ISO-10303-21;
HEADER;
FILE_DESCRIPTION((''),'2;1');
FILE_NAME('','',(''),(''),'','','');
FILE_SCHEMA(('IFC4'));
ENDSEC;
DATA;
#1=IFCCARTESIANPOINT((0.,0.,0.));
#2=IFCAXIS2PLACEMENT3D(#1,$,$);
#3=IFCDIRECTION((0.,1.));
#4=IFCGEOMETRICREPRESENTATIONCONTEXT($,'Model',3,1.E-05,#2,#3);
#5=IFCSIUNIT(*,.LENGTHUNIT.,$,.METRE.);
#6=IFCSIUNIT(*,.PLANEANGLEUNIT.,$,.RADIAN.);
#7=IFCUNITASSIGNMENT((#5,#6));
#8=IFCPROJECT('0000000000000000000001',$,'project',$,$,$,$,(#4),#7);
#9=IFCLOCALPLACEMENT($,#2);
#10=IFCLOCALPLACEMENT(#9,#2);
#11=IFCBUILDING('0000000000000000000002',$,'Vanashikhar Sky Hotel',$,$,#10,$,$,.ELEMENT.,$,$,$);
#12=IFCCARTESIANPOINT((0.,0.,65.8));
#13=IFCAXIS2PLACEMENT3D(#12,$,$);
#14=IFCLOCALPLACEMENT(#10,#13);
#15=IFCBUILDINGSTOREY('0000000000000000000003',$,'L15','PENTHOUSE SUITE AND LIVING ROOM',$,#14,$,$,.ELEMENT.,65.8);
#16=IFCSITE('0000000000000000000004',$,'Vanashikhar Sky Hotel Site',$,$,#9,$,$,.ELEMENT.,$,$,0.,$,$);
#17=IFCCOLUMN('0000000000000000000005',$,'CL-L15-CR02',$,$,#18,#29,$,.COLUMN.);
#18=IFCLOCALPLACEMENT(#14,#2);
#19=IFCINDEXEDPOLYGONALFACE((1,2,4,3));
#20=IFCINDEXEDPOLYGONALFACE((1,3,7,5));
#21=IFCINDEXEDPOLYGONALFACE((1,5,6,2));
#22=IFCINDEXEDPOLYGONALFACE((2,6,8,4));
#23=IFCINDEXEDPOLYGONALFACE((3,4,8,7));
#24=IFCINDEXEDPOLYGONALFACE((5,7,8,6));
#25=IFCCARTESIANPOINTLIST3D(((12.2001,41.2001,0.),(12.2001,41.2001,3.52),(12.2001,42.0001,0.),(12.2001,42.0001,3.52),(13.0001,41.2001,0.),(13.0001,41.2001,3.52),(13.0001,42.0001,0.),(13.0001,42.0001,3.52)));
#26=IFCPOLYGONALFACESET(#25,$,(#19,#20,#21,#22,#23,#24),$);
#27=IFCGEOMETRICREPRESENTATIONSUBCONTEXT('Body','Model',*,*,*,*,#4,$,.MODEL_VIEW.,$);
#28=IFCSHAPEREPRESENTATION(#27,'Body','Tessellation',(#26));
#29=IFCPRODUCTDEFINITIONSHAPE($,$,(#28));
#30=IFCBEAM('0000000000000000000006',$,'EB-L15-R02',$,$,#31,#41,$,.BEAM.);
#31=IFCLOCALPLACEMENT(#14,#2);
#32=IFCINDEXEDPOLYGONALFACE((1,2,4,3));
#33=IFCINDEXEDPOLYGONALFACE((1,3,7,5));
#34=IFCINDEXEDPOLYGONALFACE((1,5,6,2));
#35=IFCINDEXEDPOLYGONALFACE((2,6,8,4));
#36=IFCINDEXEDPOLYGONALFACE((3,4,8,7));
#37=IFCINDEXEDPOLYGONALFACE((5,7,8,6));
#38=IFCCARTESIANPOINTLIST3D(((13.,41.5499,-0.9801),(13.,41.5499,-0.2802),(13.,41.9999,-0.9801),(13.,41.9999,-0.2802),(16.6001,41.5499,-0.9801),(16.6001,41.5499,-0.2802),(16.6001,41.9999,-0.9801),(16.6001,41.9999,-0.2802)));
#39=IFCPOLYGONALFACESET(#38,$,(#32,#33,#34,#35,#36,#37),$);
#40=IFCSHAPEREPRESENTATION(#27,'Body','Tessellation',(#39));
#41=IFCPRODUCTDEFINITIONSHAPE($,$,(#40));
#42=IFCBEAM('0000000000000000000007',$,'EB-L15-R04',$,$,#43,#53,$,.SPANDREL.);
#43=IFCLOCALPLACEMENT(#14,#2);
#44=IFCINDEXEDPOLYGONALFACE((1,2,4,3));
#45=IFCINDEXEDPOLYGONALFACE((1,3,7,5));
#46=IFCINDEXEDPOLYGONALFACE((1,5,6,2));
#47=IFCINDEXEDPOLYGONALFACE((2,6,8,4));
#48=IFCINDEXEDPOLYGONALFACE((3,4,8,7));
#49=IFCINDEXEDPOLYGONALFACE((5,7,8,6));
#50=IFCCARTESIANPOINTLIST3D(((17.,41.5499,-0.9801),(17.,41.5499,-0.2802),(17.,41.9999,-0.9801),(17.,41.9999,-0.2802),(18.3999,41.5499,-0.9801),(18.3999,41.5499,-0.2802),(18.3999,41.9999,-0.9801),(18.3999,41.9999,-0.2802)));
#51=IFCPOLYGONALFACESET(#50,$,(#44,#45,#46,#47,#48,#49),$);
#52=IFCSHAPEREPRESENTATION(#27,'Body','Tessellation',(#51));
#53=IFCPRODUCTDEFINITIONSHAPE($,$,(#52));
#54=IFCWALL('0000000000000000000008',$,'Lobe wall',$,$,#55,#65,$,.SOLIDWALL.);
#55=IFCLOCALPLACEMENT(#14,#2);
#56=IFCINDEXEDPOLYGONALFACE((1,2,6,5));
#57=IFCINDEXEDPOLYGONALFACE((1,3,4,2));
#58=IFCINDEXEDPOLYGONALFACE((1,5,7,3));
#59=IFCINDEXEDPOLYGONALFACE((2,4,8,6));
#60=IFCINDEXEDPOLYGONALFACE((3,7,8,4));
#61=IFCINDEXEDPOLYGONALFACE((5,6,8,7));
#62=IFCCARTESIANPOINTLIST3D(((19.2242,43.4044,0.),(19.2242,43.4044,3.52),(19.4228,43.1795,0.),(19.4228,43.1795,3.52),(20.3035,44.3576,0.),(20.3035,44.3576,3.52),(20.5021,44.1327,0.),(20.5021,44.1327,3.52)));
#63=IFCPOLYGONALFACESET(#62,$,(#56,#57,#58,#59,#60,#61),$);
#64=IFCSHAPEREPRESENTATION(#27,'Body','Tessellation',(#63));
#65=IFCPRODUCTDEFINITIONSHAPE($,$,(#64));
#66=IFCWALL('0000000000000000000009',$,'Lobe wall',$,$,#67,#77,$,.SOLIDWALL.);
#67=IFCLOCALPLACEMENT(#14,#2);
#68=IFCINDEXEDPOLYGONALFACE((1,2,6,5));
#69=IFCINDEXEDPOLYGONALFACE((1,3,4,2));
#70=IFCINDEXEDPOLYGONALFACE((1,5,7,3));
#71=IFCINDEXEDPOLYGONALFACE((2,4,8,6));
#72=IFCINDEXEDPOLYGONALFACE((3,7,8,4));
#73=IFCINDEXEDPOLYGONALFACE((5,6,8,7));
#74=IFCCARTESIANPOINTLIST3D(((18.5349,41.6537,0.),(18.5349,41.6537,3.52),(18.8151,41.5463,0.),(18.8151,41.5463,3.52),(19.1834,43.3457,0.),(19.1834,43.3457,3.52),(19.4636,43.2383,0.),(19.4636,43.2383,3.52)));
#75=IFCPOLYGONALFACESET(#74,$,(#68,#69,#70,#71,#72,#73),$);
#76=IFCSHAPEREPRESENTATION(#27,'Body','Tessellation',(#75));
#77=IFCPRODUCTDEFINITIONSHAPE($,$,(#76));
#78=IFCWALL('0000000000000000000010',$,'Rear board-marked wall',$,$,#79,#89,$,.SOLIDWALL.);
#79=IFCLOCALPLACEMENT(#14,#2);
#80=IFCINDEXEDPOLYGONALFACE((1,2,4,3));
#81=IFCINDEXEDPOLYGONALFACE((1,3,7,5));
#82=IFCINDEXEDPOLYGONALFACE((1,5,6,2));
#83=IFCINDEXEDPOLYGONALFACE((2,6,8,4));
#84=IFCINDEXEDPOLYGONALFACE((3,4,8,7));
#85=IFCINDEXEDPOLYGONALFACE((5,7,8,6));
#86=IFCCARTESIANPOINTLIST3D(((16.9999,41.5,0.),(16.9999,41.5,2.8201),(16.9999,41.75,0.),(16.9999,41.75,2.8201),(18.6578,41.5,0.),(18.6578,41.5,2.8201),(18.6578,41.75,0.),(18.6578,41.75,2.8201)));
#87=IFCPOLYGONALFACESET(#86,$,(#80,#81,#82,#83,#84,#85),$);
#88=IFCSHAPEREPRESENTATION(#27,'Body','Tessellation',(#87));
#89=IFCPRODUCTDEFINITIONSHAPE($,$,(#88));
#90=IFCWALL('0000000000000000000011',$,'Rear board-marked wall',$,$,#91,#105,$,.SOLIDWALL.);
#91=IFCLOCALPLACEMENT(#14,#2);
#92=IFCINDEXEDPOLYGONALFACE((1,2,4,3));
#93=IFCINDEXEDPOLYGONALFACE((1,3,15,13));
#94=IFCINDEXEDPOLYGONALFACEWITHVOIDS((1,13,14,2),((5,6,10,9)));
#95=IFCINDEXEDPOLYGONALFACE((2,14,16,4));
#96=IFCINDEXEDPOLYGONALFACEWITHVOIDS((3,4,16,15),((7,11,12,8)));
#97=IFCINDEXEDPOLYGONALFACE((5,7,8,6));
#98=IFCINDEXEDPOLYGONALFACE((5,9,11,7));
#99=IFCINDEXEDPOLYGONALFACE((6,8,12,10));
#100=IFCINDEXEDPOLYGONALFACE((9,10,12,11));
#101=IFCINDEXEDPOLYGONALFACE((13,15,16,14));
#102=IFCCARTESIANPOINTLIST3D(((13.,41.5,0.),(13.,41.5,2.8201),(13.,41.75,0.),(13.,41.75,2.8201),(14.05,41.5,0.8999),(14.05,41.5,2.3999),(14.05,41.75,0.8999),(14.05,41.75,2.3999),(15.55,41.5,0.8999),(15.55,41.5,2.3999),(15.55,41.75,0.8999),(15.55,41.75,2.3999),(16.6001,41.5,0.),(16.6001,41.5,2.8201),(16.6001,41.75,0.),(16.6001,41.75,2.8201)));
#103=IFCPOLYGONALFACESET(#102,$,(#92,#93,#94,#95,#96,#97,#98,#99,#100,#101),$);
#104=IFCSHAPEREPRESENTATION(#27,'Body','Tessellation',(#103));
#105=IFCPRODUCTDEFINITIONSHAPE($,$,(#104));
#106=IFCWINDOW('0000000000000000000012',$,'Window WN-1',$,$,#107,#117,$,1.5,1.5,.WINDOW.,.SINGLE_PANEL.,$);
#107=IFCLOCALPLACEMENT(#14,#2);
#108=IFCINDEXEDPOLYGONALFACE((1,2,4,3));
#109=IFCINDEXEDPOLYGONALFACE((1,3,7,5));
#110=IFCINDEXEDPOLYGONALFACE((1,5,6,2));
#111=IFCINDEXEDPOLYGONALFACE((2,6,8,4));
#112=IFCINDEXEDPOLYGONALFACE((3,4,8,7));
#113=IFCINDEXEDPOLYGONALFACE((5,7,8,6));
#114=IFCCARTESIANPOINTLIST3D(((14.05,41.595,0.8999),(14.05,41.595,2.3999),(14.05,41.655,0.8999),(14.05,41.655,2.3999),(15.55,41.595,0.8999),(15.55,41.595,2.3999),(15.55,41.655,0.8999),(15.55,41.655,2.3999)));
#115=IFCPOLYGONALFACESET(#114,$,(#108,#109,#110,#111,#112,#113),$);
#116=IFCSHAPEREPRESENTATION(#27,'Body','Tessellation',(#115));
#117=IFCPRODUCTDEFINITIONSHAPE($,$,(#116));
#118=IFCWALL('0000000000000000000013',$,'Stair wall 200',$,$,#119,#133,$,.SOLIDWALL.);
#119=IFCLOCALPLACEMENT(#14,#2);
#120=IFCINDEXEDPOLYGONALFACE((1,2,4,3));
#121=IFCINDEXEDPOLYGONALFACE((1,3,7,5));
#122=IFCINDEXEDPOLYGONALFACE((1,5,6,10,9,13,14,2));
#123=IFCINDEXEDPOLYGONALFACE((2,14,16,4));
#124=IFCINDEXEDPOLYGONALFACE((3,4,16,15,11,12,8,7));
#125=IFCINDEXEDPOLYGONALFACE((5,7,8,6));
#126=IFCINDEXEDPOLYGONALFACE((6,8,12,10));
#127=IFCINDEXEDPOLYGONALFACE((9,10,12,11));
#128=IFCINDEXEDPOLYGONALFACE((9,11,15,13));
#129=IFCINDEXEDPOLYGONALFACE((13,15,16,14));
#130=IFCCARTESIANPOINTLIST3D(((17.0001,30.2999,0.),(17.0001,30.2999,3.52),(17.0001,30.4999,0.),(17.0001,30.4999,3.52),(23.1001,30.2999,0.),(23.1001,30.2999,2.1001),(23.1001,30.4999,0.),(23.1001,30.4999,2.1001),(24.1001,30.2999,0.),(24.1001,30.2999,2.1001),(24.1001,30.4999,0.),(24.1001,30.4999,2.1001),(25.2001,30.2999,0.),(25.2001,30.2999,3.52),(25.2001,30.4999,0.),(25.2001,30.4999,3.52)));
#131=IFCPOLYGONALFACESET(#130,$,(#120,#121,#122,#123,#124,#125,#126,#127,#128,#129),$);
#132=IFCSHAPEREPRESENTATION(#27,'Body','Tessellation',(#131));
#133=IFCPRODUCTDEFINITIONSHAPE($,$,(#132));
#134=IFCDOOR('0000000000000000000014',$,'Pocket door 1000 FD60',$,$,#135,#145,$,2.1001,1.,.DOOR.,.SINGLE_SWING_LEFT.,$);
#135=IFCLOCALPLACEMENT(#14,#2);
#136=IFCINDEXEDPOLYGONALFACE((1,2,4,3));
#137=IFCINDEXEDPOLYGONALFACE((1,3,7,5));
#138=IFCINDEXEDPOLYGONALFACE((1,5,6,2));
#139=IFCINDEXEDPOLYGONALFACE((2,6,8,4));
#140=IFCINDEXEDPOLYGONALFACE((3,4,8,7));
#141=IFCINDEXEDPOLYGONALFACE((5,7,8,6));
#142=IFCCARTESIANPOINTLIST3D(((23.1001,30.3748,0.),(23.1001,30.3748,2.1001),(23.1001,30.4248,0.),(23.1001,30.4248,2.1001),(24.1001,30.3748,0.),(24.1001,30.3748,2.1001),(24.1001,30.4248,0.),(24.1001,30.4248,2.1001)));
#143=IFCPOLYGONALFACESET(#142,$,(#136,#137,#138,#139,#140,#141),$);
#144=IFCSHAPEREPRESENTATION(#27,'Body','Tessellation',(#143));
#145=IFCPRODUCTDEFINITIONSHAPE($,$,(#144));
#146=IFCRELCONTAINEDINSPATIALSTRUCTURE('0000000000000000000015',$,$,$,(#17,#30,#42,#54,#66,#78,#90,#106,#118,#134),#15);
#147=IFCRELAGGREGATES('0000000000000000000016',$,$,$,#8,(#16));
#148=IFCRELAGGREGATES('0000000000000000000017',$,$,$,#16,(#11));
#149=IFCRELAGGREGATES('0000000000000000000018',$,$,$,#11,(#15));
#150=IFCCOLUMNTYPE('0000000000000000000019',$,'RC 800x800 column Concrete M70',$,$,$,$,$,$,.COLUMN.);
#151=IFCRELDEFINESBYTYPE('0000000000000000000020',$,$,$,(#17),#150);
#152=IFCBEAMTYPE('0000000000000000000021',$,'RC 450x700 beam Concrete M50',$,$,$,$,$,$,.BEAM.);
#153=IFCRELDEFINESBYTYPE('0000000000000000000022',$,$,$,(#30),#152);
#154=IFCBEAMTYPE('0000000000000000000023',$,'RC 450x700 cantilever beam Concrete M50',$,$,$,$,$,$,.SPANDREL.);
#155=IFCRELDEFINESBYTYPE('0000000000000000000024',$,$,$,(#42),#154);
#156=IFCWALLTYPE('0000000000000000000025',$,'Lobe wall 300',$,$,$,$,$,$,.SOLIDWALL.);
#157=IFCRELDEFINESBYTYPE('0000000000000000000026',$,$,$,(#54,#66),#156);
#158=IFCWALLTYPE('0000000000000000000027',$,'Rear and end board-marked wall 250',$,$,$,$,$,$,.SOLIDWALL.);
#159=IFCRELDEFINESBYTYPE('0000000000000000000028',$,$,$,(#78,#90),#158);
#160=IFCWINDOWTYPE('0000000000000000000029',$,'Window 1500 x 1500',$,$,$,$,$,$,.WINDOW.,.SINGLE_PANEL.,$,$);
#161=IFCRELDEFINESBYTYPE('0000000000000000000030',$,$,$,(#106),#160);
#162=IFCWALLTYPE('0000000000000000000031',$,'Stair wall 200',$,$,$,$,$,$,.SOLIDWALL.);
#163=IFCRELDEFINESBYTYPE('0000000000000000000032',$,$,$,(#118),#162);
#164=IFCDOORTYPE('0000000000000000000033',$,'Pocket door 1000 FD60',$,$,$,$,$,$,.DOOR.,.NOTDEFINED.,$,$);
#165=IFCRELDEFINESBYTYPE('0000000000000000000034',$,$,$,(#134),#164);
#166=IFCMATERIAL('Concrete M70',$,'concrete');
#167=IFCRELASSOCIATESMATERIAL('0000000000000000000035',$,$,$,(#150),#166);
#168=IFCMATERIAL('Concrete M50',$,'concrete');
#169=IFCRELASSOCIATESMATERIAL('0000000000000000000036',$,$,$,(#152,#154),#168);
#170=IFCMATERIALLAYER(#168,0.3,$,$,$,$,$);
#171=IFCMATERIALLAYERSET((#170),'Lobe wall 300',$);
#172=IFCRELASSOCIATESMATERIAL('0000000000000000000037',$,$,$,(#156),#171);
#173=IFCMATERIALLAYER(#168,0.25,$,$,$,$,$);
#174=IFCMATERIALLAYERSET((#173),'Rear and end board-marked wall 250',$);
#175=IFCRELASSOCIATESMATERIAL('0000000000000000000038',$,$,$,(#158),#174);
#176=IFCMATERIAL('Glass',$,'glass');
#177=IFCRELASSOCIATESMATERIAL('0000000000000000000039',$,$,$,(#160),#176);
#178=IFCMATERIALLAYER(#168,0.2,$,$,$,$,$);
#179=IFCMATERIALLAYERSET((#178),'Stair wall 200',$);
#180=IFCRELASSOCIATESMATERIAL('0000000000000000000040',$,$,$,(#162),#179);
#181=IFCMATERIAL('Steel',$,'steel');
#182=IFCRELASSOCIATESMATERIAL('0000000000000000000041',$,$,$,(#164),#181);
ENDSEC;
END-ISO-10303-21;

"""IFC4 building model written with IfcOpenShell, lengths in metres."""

from ifc_helpers import new_model, si_unit, direction, frame, frame_2d, origin, origin_2d, place, context, subcontext, project, spatial, rectangle, extrude, source, transform, mapped, material, layer, layer_set, material_profile, profile_set, type_object, element, fill, save


model = new_model("IFC4")

# Units and contexts
model_context = context("Model", 3, precision=1e-05, world=origin(), true_north=direction((0.0, 1.0)))
body_context = subcontext(model_context, "Body", "Model", "MODEL_VIEW")
ifc_project = project(units=[si_unit("LENGTHUNIT", "METRE"), si_unit("PLANEANGLEUNIT", "RADIAN")], contexts=[model_context])

# Site, building, storey
site_placement = place(None, origin())
site = spatial("IfcSite", under=ifc_project, at=site_placement, Name="Vanashikhar Sky Hotel Site", CompositionType="ELEMENT", RefElevation=0.0)
building_placement = place(site_placement, origin())
building = spatial("IfcBuilding", under=site, at=building_placement, Name="Vanashikhar Sky Hotel", CompositionType="ELEMENT")
storey_placement = place(building_placement, frame((0.0, 0.0, 65.8)))
storey = spatial("IfcBuildingStorey", under=building, at=storey_placement, Name="L15", Description="PENTHOUSE SUITE AND LIVING ROOM", CompositionType="ELEMENT", Elevation=65.8)

# Column
ifc_material_1 = material(Name="Concrete M70", Category="concrete")
ifc_material_profile_1 = material_profile(ifc_material_1, rectangle(XDim=0.8, YDim=0.8, at=origin_2d()))
ifc_profile_set_1 = profile_set([ifc_material_profile_1], Name="RC 800x800 column Concrete M70")
column_type = type_object("IfcColumnType", Name="RC 800x800 column Concrete M70", PredefinedType="COLUMN", material=ifc_profile_set_1)
shared_shape_1 = source(origin(), body_context, "Body", "SweptSolid", [
    extrude(rectangle(XDim=0.8, YDim=0.8, at=origin_2d()), origin(), (0.0, 0.0, 1.0), 3.52),
])
column_placement = place(storey_placement, frame((12.6001, 41.6001, 0.0), z_axis=(0.0, 0.0, 1.0), x_axis=(1.0, 0.0, 0.0)))
element("IfcColumn", 1, at=column_placement, inside=storey, type_object=column_type, Name="CL-L15-CR02", PredefinedType="COLUMN", context=body_context, shape_type="MappedRepresentation", body=[
    mapped(shared_shape_1, transform((0.0, 0.0, 0.0), scale=1.0)),
])

# Beams
ifc_material_2 = material(Name="Concrete M50", Category="concrete")
ifc_material_profile_2 = material_profile(ifc_material_2, rectangle(XDim=0.45, YDim=0.7, at=origin_2d()))
ifc_profile_set_2 = profile_set([ifc_material_profile_2], Name="RC 450x700 beam Concrete M50")
beam_type_1 = type_object("IfcBeamType", Name="RC 450x700 beam Concrete M50", PredefinedType="BEAM", material=ifc_profile_set_2)
shared_shape_2 = source(origin(), body_context, "Body", "SweptSolid", [
    extrude(rectangle(XDim=0.45, YDim=0.7, at=origin_2d()), origin(), (0.0, 0.0, 1.0), 3.6001),
])
beam_1_placement = place(storey_placement, frame((13.0, 41.7749, -0.6301), z_axis=(1.0, 0.0, 0.0), x_axis=(0.0, 1.0, 0.0)))
element("IfcBeam", 2, at=beam_1_placement, inside=storey, type_object=beam_type_1, Name="EB-L15-R02", PredefinedType="BEAM", context=body_context, shape_type="MappedRepresentation", body=[
    mapped(shared_shape_2, transform((0.0, 0.0, 0.0), scale=1.0)),
])
ifc_material_profile_3 = material_profile(ifc_material_2, rectangle(XDim=0.45, YDim=0.7, at=origin_2d()))
ifc_profile_set_3 = profile_set([ifc_material_profile_3], Name="RC 450x700 cantilever beam Concrete M50")
beam_type_2 = type_object("IfcBeamType", Name="RC 450x700 cantilever beam Concrete M50", PredefinedType="SPANDREL", material=ifc_profile_set_3)
shared_shape_3 = source(origin(), body_context, "Body", "SweptSolid", [
    extrude(rectangle(XDim=0.45, YDim=0.7, at=origin_2d()), origin(), (0.0, 0.0, 1.0), 1.3999),
])
beam_2_placement = place(storey_placement, frame((17.0, 41.7749, -0.6301), z_axis=(1.0, 0.0, 0.0), x_axis=(0.0, 1.0, 0.0)))
element("IfcBeam", 3, at=beam_2_placement, inside=storey, type_object=beam_type_2, Name="EB-L15-R04", PredefinedType="SPANDREL", context=body_context, shape_type="MappedRepresentation", body=[
    mapped(shared_shape_3, transform((0.0, 0.0, 0.0), scale=1.0)),
])

# Walls
ifc_layer_1 = layer(ifc_material_2, 0.3)
ifc_layer_set_1 = layer_set([ifc_layer_1], Name="Lobe wall 300")
wall_type_1 = type_object("IfcWallType", Name="Lobe wall 300", PredefinedType="SOLIDWALL", material=ifc_layer_set_1)
shared_shape_4 = source(origin(), body_context, "Body", "SweptSolid", [
    extrude(rectangle(XDim=1.4399, YDim=0.3, at=frame_2d((0.72, 0.0))), origin(), (0.0, 0.0, 1.0), 3.52),
])
wall_1_placement = place(storey_placement, frame((20.4028, 44.2451, 0.0), z_axis=(0.0, 0.0, 1.0), x_axis=(-0.749576, -0.661919, 0.0)))
element("IfcWall", 4, at=wall_1_placement, inside=storey, type_object=wall_type_1, Name="Lobe wall", PredefinedType="SOLIDWALL", context=body_context, shape_type="MappedRepresentation", body=[
    mapped(shared_shape_4, transform((0.0, 0.0, 0.0), scale=1.0)),
])
shared_shape_5 = source(origin(), body_context, "Body", "SweptSolid", [
    extrude(rectangle(XDim=1.812, YDim=0.3, at=frame_2d((0.906, 0.0))), origin(), (0.0, 0.0, 1.0), 3.52),
])
wall_2_placement = place(storey_placement, frame((19.3235, 43.292, 0.0), z_axis=(0.0, 0.0, 1.0), x_axis=(-0.357877, -0.933769, 0.0)))
element("IfcWall", 5, at=wall_2_placement, inside=storey, type_object=wall_type_1, Name="Lobe wall", PredefinedType="SOLIDWALL", context=body_context, shape_type="MappedRepresentation", body=[
    mapped(shared_shape_5, transform((0.0, 0.0, 0.0), scale=1.0)),
])
ifc_layer_2 = layer(ifc_material_2, 0.25)
ifc_layer_set_2 = layer_set([ifc_layer_2], Name="Rear and end board-marked wall 250")
wall_type_2 = type_object("IfcWallType", Name="Rear and end board-marked wall 250", PredefinedType="SOLIDWALL", material=ifc_layer_set_2)
shared_shape_6 = source(origin(), body_context, "Body", "SweptSolid", [
    extrude(rectangle(XDim=1.658, YDim=0.25, at=frame_2d((0.8291, 0.0))), origin(), (0.0, 0.0, 1.0), 2.8201),
])
wall_3_placement = place(storey_placement, frame((18.658, 41.625, 0.0), z_axis=(0.0, 0.0, 1.0), x_axis=(-1.0, 0.0, 0.0)))
element("IfcWall", 6, at=wall_3_placement, inside=storey, type_object=wall_type_2, Name="Rear board-marked wall", PredefinedType="SOLIDWALL", context=body_context, shape_type="MappedRepresentation", body=[
    mapped(shared_shape_6, transform((0.0, 0.0, 0.0), scale=1.0)),
])

# Wall, opening, window
shared_shape_7 = source(origin(), body_context, "Body", "SweptSolid", [
    extrude(rectangle(XDim=3.6001, YDim=0.25, at=frame_2d((1.8, 0.0))), origin(), (0.0, 0.0, 1.0), 2.8201),
])
wall_4_placement = place(storey_placement, frame((16.6001, 41.625, 0.0), z_axis=(0.0, 0.0, 1.0), x_axis=(-1.0, 0.0, 0.0)))
wall_4 = element("IfcWall", 7, at=wall_4_placement, inside=storey, type_object=wall_type_2, Name="Rear board-marked wall", PredefinedType="SOLIDWALL", context=body_context, shape_type="MappedRepresentation", body=[
    mapped(shared_shape_7, transform((0.0, 0.0, 0.0), scale=1.0)),
])
shared_shape_8 = source(origin(), body_context, "Body", "SweptSolid", [
    extrude(rectangle(XDim=1.5, YDim=1.5, at=frame_2d((0.75, 0.75))), frame((0.0, 0.135, 0.0), z_axis=(0.0, -1.0, 0.0), x_axis=(1.0, 0.0, 0.0)), (0.0, 0.0, 1.0), 0.27),
])
opening_1_placement = place(wall_4_placement, frame((1.05, 0.0, 0.8999)))
opening_1 = element("IfcOpeningElement", 8, at=opening_1_placement, cuts=wall_4, PredefinedType="OPENING", context=body_context, shape_type="MappedRepresentation", body=[
    mapped(shared_shape_8, transform((0.0, 0.0, 0.0), scale=1.0)),
])
ifc_material_3 = material(Name="Glass", Category="glass")
window_type = type_object("IfcWindowType", Name="Window 1500 x 1500", PartitioningType="SINGLE_PANEL", PredefinedType="WINDOW", material=ifc_material_3)
shared_shape_9 = source(origin(), body_context, "Body", "SweptSolid", [
    extrude(rectangle(XDim=1.5, YDim=1.5, at=frame_2d((0.75, 0.75))), frame((0.0, 0.03, 0.0), z_axis=(0.0, -1.0, 0.0), x_axis=(1.0, 0.0, 0.0)), (0.0, 0.0, 1.0), 0.0601),
])
window_placement = place(opening_1_placement, origin())
window = element("IfcWindow", 9, at=window_placement, inside=storey, type_object=window_type, Name="Window WN-1", OverallHeight=1.5, OverallWidth=1.5, PartitioningType="SINGLE_PANEL", PredefinedType="WINDOW", context=body_context, shape_type="MappedRepresentation", body=[
    mapped(shared_shape_9, transform((0.0, 0.0, 0.0), scale=1.0)),
])
fill(opening_1, window)

# Wall, opening, door
ifc_layer_3 = layer(ifc_material_2, 0.2)
ifc_layer_set_3 = layer_set([ifc_layer_3], Name="Stair wall 200")
wall_type_3 = type_object("IfcWallType", Name="Stair wall 200", PredefinedType="SOLIDWALL", material=ifc_layer_set_3)
shared_shape_10 = source(origin(), body_context, "Body", "SweptSolid", [
    extrude(rectangle(XDim=8.2, YDim=0.2, at=frame_2d((4.1001, 0.0))), origin(), (0.0, 0.0, 1.0), 3.52),
])
wall_5_placement = place(storey_placement, frame((17.0, 30.3999, 0.0), z_axis=(0.0, 0.0, 1.0), x_axis=(1.0, 0.0, 0.0)))
wall_5 = element("IfcWall", 10, at=wall_5_placement, inside=storey, type_object=wall_type_3, Name="Stair wall 200", PredefinedType="SOLIDWALL", context=body_context, shape_type="MappedRepresentation", body=[
    mapped(shared_shape_10, transform((0.0, 0.0, 0.0), scale=1.0)),
])
shared_shape_11 = source(origin(), body_context, "Body", "SweptSolid", [
    extrude(rectangle(XDim=1.0, YDim=2.1001, at=frame_2d((0.5, 1.05))), frame((0.0, 0.1099, 0.0), z_axis=(0.0, -1.0, 0.0), x_axis=(1.0, 0.0, 0.0)), (0.0, 0.0, 1.0), 0.22),
])
opening_2_placement = place(wall_5_placement, frame((6.1001, 0.0, 0.0)))
opening_2 = element("IfcOpeningElement", 11, at=opening_2_placement, cuts=wall_5, PredefinedType="OPENING", context=body_context, shape_type="MappedRepresentation", body=[
    mapped(shared_shape_11, transform((0.0, 0.0, 0.0), scale=1.0)),
])
ifc_material_4 = material(Name="Steel", Category="steel")
door_type_1 = type_object("IfcDoorType", Name="Pocket door 1000 FD60", OperationType="NOTDEFINED", PredefinedType="DOOR", material=ifc_material_4)
shared_shape_12 = source(origin(), body_context, "Body", "SweptSolid", [
    extrude(rectangle(XDim=1.0, YDim=2.1001, at=frame_2d((0.5, 1.05))), frame((0.0, 0.0249, 0.0), z_axis=(0.0, -1.0, 0.0), x_axis=(1.0, 0.0, 0.0)), (0.0, 0.0, 1.0), 0.05),
])
door_1_placement = place(opening_2_placement, origin())
door_1 = element("IfcDoor", 12, at=door_1_placement, inside=storey, type_object=door_type_1, Name="Pocket door 1000 FD60", OperationType="SINGLE_SWING_LEFT", OverallHeight=2.1001, OverallWidth=1.0, PredefinedType="DOOR", context=body_context, shape_type="MappedRepresentation", body=[
    mapped(shared_shape_12, transform((0.0, 0.0, 0.0), scale=1.0)),
])
fill(opening_2, door_1)

save(model, "model.ifc")
